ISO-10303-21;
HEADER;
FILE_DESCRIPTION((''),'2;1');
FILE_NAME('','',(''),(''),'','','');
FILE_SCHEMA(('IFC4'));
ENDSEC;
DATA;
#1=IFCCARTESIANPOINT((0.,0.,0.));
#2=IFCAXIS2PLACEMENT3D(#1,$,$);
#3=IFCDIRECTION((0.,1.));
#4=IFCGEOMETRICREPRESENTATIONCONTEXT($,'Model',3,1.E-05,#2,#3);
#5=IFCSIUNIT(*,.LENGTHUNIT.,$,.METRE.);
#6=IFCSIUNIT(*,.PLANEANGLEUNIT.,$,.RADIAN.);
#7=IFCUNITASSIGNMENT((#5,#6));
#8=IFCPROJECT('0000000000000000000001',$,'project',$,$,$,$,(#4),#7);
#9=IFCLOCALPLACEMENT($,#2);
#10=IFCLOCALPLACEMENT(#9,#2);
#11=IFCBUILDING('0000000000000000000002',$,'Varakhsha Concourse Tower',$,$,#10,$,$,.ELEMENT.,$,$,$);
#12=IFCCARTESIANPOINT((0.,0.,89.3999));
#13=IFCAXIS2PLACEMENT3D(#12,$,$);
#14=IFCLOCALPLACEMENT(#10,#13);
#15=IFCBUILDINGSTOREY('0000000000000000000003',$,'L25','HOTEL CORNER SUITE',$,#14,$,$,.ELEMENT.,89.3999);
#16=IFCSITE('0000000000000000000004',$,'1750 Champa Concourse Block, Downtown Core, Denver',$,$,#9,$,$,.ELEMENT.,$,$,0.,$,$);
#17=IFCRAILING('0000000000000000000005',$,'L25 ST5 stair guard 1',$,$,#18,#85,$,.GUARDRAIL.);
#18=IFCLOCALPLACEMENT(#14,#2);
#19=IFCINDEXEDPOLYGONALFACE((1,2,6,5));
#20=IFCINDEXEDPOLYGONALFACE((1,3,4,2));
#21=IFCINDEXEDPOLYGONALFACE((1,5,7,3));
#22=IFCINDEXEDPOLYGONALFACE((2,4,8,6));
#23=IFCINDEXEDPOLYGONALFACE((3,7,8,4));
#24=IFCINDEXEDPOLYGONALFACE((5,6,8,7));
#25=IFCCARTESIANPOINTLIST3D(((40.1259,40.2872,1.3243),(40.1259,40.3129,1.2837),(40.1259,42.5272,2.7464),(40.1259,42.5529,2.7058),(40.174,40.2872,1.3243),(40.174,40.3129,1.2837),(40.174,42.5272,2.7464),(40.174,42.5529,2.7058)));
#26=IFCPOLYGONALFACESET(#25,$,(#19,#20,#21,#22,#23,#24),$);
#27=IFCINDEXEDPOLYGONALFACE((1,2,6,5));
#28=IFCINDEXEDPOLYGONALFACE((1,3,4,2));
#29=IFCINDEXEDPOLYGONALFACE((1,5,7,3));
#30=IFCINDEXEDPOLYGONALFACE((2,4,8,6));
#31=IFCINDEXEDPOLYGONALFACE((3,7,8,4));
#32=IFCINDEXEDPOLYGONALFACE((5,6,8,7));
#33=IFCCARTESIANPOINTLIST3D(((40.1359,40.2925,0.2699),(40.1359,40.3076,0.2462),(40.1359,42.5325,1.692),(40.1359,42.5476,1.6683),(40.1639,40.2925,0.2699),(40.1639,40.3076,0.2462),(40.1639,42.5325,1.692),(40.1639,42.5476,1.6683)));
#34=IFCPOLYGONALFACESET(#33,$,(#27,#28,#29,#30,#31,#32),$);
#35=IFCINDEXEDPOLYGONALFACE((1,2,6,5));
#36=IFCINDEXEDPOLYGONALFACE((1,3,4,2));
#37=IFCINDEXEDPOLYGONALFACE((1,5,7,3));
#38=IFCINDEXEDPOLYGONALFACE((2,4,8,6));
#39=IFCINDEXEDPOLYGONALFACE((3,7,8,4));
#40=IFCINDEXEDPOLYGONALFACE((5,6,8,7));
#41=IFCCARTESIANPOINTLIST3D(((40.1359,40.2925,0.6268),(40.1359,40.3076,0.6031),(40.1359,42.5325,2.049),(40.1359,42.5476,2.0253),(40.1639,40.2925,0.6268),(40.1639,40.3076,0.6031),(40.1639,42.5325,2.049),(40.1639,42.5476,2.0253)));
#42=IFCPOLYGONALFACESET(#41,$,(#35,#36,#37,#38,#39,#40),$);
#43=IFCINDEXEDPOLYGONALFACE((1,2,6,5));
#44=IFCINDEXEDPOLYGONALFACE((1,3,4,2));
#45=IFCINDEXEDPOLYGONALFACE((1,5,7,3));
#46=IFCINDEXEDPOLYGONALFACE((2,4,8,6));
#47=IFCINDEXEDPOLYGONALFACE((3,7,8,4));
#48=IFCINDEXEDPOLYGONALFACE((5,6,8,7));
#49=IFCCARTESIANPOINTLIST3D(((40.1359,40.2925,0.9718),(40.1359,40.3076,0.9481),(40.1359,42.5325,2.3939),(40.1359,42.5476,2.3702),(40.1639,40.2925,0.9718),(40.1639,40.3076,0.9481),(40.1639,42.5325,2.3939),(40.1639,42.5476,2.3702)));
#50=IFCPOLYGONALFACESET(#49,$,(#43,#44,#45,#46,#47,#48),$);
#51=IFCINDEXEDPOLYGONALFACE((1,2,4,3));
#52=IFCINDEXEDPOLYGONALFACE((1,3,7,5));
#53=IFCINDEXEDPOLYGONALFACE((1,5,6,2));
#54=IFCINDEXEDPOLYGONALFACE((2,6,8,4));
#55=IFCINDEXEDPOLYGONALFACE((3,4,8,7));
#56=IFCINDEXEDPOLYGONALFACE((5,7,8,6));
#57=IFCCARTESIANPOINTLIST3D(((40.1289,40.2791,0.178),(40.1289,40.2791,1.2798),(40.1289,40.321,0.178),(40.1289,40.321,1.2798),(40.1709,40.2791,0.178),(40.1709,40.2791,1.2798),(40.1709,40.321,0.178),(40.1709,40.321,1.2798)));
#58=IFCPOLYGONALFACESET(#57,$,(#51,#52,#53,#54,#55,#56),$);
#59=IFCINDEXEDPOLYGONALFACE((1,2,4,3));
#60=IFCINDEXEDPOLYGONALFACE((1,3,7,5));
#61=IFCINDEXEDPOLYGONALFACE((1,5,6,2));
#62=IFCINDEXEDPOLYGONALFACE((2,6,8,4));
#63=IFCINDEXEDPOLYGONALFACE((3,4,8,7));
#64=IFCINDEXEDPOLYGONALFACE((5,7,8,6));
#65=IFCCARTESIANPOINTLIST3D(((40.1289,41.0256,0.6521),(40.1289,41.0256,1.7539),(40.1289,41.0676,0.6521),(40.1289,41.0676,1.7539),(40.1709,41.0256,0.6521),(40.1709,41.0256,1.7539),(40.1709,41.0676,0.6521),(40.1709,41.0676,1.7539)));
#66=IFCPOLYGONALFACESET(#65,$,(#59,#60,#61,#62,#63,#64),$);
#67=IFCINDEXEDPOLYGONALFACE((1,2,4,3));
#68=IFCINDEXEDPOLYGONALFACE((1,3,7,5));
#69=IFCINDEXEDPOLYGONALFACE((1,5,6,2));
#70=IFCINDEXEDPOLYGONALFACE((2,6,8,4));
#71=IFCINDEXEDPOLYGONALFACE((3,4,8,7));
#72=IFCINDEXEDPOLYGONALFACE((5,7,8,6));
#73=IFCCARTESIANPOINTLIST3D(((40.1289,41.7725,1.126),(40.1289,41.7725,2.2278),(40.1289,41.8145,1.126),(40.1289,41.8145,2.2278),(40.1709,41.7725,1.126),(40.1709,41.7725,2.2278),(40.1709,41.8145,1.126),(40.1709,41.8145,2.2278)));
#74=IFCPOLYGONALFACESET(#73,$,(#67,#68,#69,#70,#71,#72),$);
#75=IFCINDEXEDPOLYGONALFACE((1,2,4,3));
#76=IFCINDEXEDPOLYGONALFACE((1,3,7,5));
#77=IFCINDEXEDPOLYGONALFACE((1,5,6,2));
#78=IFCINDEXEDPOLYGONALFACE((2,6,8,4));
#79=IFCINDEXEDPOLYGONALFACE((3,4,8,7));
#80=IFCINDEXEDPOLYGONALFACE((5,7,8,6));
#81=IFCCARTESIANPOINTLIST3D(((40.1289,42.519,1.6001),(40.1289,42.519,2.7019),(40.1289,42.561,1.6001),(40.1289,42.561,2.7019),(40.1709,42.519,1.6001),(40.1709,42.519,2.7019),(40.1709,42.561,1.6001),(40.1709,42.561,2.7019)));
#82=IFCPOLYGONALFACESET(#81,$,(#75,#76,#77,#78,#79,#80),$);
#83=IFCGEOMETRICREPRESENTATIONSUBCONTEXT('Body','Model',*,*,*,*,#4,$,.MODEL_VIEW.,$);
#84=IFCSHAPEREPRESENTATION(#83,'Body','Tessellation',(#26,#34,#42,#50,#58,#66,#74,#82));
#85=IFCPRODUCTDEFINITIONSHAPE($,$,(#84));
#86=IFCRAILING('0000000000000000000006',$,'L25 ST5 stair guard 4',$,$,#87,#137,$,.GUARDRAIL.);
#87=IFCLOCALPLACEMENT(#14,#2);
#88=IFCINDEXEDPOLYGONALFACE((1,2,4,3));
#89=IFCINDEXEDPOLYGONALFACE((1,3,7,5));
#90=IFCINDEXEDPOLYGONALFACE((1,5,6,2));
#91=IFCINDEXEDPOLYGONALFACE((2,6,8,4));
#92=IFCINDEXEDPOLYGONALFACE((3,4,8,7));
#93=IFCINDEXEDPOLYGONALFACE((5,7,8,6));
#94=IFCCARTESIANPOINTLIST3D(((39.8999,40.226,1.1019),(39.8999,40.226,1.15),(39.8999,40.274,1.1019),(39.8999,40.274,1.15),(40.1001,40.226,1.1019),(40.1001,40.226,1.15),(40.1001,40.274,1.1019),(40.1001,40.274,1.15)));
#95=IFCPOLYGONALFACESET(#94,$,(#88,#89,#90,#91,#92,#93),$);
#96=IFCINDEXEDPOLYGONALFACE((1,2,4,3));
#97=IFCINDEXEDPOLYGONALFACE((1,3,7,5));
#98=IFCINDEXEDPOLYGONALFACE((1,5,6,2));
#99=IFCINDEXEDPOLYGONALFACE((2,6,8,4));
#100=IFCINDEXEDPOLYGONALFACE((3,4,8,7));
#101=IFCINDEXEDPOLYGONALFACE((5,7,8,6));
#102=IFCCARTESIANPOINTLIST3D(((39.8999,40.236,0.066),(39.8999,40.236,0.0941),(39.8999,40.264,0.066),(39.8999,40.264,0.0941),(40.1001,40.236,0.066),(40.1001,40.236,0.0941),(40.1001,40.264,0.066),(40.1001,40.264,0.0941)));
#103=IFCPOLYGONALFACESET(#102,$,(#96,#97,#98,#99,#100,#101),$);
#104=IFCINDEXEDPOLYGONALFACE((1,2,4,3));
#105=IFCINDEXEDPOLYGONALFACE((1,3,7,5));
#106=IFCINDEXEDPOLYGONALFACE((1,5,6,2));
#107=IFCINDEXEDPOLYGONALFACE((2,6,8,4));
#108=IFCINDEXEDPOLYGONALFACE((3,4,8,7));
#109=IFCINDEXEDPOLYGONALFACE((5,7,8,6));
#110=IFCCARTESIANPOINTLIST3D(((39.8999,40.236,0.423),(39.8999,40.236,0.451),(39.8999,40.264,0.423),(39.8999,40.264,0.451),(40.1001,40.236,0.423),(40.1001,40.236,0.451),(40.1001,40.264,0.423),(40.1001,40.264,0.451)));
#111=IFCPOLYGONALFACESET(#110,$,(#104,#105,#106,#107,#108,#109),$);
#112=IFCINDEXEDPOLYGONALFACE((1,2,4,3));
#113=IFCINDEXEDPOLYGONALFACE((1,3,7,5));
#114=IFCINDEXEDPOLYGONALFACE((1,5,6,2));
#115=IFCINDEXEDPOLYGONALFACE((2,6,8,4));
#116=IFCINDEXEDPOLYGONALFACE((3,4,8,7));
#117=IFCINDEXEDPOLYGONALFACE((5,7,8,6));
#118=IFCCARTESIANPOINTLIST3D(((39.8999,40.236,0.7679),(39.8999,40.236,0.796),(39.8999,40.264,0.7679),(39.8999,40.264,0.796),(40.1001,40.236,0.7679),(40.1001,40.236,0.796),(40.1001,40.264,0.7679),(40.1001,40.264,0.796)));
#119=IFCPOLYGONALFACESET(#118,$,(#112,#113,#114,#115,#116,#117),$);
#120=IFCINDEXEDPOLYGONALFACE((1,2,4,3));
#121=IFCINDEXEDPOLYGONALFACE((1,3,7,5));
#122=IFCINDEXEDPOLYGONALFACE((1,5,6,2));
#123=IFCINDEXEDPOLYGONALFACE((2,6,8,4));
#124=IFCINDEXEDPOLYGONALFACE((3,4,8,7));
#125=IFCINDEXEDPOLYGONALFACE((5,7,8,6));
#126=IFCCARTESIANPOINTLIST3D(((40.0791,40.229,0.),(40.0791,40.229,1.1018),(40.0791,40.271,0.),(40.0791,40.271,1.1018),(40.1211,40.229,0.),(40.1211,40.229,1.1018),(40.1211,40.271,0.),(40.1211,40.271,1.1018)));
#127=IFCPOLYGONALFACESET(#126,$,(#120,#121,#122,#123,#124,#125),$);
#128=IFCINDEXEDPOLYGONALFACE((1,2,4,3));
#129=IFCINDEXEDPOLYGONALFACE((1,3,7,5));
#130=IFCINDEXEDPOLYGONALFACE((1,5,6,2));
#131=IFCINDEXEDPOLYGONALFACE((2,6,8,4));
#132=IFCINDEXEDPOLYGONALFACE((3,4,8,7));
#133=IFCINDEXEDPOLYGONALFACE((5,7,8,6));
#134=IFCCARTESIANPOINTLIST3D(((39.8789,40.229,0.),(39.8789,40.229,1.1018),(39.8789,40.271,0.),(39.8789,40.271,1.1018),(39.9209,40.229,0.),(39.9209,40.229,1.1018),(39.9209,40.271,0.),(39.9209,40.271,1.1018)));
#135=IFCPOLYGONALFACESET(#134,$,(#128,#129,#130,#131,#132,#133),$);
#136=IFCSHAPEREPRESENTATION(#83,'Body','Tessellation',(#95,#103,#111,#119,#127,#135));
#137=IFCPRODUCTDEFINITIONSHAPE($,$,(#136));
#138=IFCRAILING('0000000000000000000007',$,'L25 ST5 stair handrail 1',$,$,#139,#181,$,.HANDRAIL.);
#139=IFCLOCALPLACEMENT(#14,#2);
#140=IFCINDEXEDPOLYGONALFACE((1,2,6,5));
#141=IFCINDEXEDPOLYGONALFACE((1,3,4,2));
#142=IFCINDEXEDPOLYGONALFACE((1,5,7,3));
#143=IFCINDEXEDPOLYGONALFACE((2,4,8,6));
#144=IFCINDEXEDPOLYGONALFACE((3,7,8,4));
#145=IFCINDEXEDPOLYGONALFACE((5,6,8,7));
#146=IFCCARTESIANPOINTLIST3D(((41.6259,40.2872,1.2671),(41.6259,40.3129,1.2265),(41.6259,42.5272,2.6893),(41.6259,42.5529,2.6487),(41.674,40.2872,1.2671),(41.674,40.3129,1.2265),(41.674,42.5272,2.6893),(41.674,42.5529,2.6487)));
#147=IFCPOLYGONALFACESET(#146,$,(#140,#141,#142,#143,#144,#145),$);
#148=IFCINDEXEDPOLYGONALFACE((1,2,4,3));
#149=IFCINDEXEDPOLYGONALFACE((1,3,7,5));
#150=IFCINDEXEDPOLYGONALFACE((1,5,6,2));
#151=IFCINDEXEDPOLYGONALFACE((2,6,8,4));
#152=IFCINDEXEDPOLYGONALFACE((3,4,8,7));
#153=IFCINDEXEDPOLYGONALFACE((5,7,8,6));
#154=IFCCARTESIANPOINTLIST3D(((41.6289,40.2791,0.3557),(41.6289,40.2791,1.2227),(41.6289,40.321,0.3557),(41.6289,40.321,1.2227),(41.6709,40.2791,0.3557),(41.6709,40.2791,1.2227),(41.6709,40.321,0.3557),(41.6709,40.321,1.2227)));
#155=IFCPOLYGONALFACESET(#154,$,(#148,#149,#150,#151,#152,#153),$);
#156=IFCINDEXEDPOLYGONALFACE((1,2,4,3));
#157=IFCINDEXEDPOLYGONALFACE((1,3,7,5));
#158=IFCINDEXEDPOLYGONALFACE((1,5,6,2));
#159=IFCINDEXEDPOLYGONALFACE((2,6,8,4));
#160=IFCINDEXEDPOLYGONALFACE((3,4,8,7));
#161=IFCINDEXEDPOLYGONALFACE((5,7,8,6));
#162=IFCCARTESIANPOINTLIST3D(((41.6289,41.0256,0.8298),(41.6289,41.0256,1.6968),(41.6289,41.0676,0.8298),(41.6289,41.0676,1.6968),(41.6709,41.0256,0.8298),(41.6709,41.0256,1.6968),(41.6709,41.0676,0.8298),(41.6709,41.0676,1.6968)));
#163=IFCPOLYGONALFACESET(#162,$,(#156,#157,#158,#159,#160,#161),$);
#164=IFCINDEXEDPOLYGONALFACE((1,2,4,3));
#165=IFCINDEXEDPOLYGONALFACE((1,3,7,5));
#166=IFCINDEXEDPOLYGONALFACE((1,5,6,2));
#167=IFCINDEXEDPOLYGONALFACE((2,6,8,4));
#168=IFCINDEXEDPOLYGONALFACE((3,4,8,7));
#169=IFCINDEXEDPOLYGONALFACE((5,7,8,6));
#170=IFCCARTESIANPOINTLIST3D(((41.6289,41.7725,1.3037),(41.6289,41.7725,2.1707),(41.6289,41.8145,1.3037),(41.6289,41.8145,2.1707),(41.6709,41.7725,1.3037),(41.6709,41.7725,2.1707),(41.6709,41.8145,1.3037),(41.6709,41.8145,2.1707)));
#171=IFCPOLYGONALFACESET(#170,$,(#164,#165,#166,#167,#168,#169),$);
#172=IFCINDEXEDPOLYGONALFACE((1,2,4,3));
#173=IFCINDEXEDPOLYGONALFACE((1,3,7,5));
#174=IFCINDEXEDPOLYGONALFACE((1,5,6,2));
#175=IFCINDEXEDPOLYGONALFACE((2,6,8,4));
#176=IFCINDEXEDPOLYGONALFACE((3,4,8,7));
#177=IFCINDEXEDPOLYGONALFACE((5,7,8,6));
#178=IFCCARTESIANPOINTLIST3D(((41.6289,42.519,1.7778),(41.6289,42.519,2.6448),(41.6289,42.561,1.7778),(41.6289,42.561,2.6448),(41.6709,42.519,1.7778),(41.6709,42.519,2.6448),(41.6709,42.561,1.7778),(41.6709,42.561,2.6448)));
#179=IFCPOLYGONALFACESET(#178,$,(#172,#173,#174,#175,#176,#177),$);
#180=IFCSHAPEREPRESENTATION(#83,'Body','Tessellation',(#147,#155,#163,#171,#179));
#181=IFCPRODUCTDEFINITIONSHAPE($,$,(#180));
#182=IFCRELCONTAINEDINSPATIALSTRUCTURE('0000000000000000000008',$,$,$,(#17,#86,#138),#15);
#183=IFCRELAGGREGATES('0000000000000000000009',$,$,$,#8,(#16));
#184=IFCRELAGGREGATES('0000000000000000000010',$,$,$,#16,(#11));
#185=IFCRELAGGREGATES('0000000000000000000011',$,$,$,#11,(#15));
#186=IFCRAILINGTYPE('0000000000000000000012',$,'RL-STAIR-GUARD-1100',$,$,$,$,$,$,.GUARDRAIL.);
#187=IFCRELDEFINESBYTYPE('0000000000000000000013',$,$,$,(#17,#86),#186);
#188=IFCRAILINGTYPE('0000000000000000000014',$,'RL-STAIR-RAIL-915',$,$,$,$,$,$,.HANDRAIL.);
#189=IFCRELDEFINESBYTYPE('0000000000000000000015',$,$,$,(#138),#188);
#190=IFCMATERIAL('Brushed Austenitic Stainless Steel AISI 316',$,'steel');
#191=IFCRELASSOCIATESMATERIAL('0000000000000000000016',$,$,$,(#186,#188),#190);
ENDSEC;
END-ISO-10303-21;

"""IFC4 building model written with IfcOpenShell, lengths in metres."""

from ifc_helpers import new_model, si_unit, direction, frame, origin, origin_2d, place, context, subcontext, project, spatial, rectangle, extrude, material, type_object, element, save


model = new_model("IFC4")

# Units and contexts
model_context = context("Model", 3, precision=1e-05, world=origin(), true_north=direction((0.0, 1.0)))
body_context = subcontext(model_context, "Body", "Model", "MODEL_VIEW")
ifc_project = project(units=[si_unit("LENGTHUNIT", "METRE"), si_unit("PLANEANGLEUNIT", "RADIAN")], contexts=[model_context])

# Site, building, storey
site_placement = place(None, origin())
site = spatial("IfcSite", under=ifc_project, at=site_placement, Name="1750 Champa Concourse Block, Downtown Core, Denver", CompositionType="ELEMENT", RefElevation=0.0)
building_placement = place(site_placement, origin())
building = spatial("IfcBuilding", under=site, at=building_placement, Name="Varakhsha Concourse Tower", CompositionType="ELEMENT")
storey_placement = place(building_placement, frame((0.0, 0.0, 89.3999)))
storey = spatial("IfcBuildingStorey", under=building, at=storey_placement, Name="L25", Description="HOTEL CORNER SUITE", CompositionType="ELEMENT", Elevation=89.3999)

# Railings
ifc_material_1 = material(Name="Brushed Austenitic Stainless Steel AISI 316", Category="steel")
railing_type_1 = type_object("IfcRailingType", Name="RL-STAIR-GUARD-1100", PredefinedType="GUARDRAIL", material=ifc_material_1)
railing_1_placement = place(storey_placement, frame((40.1499, 40.3, 0.178)))
element("IfcRailing", 1, at=railing_1_placement, inside=storey, type_object=railing_type_1, Name="L25 ST5 stair guard 1", PredefinedType="GUARDRAIL", context=body_context, shape_type="SweptSolid", body=[
    extrude(rectangle(XDim=0.0481, YDim=0.0481, at=origin_2d()), frame((0.0, 0.0, 1.126), z_axis=(0.0, 0.844229, 0.535982), x_axis=(-1.0, 0.0, 0.0)), (0.0, 0.0, 1.0), 2.6533),
    extrude(rectangle(XDim=0.0281, YDim=0.0281, at=origin_2d()), frame((0.0, 0.0, 0.0801), z_axis=(0.0, 0.844229, 0.535982), x_axis=(-1.0, 0.0, 0.0)), (0.0, 0.0, 1.0), 2.6533),
    extrude(rectangle(XDim=0.0281, YDim=0.0281, at=origin_2d()), frame((0.0, 0.0, 0.437), z_axis=(0.0, 0.844229, 0.535982), x_axis=(-1.0, 0.0, 0.0)), (0.0, 0.0, 1.0), 2.6533),
    extrude(rectangle(XDim=0.0281, YDim=0.0281, at=origin_2d()), frame((0.0, 0.0, 0.782), z_axis=(0.0, 0.844229, 0.535982), x_axis=(-1.0, 0.0, 0.0)), (0.0, 0.0, 1.0), 2.6533),
    extrude(rectangle(XDim=0.042, YDim=0.042, at=origin_2d()), origin(), (0.0, 0.0, 1.0), 1.1018),
    extrude(rectangle(XDim=0.042, YDim=0.042, at=origin_2d()), frame((0.0, 0.7466, 0.4741)), (0.0, 0.0, 1.0), 1.1018),
    extrude(rectangle(XDim=0.042, YDim=0.042, at=origin_2d()), frame((0.0, 1.4934, 0.948)), (0.0, 0.0, 1.0), 1.1018),
    extrude(rectangle(XDim=0.042, YDim=0.042, at=origin_2d()), frame((0.0, 2.24, 1.4221)), (0.0, 0.0, 1.0), 1.1018),
])
railing_2_placement = place(storey_placement, frame((40.1001, 40.25, 0.0)))
element("IfcRailing", 2, at=railing_2_placement, inside=storey, type_object=railing_type_1, Name="L25 ST5 stair guard 4", PredefinedType="GUARDRAIL", context=body_context, shape_type="SweptSolid", body=[
    extrude(rectangle(XDim=0.0481, YDim=0.0481, at=origin_2d()), frame((0.0, 0.0, 1.126), z_axis=(-1.0, 0.0, 0.0), x_axis=(0.0, -1.0, 0.0)), (0.0, 0.0, 1.0), 0.2002),
    extrude(rectangle(XDim=0.0281, YDim=0.0281, at=origin_2d()), frame((0.0, 0.0, 0.0801), z_axis=(-1.0, 0.0, 0.0), x_axis=(0.0, -1.0, 0.0)), (0.0, 0.0, 1.0), 0.2002),
    extrude(rectangle(XDim=0.0281, YDim=0.0281, at=origin_2d()), frame((0.0, 0.0, 0.437), z_axis=(-1.0, 0.0, 0.0), x_axis=(0.0, -1.0, 0.0)), (0.0, 0.0, 1.0), 0.2002),
    extrude(rectangle(XDim=0.0281, YDim=0.0281, at=origin_2d()), frame((0.0, 0.0, 0.782), z_axis=(-1.0, 0.0, 0.0), x_axis=(0.0, -1.0, 0.0)), (0.0, 0.0, 1.0), 0.2002),
    extrude(rectangle(XDim=0.042, YDim=0.042, at=origin_2d()), origin(), (0.0, 0.0, 1.0), 1.1018),
    extrude(rectangle(XDim=0.042, YDim=0.042, at=origin_2d()), frame((-0.2002, 0.0, 0.0)), (0.0, 0.0, 1.0), 1.1018),
])
railing_type_2 = type_object("IfcRailingType", Name="RL-STAIR-RAIL-915", PredefinedType="HANDRAIL", material=ifc_material_1)
railing_3_placement = place(storey_placement, frame((41.6499, 40.3, 0.3557)))
element("IfcRailing", 3, at=railing_3_placement, inside=storey, type_object=railing_type_2, Name="L25 ST5 stair handrail 1", PredefinedType="HANDRAIL", context=body_context, shape_type="SweptSolid", body=[
    extrude(rectangle(XDim=0.0481, YDim=0.0481, at=origin_2d()), frame((0.0, 0.0, 0.8911), z_axis=(0.0, 0.844229, 0.535982), x_axis=(-1.0, 0.0, 0.0)), (0.0, 0.0, 1.0), 2.6533),
    extrude(rectangle(XDim=0.042, YDim=0.042, at=origin_2d()), origin(), (0.0, 0.0, 1.0), 0.8669),
    extrude(rectangle(XDim=0.042, YDim=0.042, at=origin_2d()), frame((0.0, 0.7466, 0.4741)), (0.0, 0.0, 1.0), 0.8669),
    extrude(rectangle(XDim=0.042, YDim=0.042, at=origin_2d()), frame((0.0, 1.4934, 0.948)), (0.0, 0.0, 1.0), 0.8669),
    extrude(rectangle(XDim=0.042, YDim=0.042, at=origin_2d()), frame((0.0, 2.24, 1.4221)), (0.0, 0.0, 1.0), 0.8669),
])

save(model, "model.ifc")
